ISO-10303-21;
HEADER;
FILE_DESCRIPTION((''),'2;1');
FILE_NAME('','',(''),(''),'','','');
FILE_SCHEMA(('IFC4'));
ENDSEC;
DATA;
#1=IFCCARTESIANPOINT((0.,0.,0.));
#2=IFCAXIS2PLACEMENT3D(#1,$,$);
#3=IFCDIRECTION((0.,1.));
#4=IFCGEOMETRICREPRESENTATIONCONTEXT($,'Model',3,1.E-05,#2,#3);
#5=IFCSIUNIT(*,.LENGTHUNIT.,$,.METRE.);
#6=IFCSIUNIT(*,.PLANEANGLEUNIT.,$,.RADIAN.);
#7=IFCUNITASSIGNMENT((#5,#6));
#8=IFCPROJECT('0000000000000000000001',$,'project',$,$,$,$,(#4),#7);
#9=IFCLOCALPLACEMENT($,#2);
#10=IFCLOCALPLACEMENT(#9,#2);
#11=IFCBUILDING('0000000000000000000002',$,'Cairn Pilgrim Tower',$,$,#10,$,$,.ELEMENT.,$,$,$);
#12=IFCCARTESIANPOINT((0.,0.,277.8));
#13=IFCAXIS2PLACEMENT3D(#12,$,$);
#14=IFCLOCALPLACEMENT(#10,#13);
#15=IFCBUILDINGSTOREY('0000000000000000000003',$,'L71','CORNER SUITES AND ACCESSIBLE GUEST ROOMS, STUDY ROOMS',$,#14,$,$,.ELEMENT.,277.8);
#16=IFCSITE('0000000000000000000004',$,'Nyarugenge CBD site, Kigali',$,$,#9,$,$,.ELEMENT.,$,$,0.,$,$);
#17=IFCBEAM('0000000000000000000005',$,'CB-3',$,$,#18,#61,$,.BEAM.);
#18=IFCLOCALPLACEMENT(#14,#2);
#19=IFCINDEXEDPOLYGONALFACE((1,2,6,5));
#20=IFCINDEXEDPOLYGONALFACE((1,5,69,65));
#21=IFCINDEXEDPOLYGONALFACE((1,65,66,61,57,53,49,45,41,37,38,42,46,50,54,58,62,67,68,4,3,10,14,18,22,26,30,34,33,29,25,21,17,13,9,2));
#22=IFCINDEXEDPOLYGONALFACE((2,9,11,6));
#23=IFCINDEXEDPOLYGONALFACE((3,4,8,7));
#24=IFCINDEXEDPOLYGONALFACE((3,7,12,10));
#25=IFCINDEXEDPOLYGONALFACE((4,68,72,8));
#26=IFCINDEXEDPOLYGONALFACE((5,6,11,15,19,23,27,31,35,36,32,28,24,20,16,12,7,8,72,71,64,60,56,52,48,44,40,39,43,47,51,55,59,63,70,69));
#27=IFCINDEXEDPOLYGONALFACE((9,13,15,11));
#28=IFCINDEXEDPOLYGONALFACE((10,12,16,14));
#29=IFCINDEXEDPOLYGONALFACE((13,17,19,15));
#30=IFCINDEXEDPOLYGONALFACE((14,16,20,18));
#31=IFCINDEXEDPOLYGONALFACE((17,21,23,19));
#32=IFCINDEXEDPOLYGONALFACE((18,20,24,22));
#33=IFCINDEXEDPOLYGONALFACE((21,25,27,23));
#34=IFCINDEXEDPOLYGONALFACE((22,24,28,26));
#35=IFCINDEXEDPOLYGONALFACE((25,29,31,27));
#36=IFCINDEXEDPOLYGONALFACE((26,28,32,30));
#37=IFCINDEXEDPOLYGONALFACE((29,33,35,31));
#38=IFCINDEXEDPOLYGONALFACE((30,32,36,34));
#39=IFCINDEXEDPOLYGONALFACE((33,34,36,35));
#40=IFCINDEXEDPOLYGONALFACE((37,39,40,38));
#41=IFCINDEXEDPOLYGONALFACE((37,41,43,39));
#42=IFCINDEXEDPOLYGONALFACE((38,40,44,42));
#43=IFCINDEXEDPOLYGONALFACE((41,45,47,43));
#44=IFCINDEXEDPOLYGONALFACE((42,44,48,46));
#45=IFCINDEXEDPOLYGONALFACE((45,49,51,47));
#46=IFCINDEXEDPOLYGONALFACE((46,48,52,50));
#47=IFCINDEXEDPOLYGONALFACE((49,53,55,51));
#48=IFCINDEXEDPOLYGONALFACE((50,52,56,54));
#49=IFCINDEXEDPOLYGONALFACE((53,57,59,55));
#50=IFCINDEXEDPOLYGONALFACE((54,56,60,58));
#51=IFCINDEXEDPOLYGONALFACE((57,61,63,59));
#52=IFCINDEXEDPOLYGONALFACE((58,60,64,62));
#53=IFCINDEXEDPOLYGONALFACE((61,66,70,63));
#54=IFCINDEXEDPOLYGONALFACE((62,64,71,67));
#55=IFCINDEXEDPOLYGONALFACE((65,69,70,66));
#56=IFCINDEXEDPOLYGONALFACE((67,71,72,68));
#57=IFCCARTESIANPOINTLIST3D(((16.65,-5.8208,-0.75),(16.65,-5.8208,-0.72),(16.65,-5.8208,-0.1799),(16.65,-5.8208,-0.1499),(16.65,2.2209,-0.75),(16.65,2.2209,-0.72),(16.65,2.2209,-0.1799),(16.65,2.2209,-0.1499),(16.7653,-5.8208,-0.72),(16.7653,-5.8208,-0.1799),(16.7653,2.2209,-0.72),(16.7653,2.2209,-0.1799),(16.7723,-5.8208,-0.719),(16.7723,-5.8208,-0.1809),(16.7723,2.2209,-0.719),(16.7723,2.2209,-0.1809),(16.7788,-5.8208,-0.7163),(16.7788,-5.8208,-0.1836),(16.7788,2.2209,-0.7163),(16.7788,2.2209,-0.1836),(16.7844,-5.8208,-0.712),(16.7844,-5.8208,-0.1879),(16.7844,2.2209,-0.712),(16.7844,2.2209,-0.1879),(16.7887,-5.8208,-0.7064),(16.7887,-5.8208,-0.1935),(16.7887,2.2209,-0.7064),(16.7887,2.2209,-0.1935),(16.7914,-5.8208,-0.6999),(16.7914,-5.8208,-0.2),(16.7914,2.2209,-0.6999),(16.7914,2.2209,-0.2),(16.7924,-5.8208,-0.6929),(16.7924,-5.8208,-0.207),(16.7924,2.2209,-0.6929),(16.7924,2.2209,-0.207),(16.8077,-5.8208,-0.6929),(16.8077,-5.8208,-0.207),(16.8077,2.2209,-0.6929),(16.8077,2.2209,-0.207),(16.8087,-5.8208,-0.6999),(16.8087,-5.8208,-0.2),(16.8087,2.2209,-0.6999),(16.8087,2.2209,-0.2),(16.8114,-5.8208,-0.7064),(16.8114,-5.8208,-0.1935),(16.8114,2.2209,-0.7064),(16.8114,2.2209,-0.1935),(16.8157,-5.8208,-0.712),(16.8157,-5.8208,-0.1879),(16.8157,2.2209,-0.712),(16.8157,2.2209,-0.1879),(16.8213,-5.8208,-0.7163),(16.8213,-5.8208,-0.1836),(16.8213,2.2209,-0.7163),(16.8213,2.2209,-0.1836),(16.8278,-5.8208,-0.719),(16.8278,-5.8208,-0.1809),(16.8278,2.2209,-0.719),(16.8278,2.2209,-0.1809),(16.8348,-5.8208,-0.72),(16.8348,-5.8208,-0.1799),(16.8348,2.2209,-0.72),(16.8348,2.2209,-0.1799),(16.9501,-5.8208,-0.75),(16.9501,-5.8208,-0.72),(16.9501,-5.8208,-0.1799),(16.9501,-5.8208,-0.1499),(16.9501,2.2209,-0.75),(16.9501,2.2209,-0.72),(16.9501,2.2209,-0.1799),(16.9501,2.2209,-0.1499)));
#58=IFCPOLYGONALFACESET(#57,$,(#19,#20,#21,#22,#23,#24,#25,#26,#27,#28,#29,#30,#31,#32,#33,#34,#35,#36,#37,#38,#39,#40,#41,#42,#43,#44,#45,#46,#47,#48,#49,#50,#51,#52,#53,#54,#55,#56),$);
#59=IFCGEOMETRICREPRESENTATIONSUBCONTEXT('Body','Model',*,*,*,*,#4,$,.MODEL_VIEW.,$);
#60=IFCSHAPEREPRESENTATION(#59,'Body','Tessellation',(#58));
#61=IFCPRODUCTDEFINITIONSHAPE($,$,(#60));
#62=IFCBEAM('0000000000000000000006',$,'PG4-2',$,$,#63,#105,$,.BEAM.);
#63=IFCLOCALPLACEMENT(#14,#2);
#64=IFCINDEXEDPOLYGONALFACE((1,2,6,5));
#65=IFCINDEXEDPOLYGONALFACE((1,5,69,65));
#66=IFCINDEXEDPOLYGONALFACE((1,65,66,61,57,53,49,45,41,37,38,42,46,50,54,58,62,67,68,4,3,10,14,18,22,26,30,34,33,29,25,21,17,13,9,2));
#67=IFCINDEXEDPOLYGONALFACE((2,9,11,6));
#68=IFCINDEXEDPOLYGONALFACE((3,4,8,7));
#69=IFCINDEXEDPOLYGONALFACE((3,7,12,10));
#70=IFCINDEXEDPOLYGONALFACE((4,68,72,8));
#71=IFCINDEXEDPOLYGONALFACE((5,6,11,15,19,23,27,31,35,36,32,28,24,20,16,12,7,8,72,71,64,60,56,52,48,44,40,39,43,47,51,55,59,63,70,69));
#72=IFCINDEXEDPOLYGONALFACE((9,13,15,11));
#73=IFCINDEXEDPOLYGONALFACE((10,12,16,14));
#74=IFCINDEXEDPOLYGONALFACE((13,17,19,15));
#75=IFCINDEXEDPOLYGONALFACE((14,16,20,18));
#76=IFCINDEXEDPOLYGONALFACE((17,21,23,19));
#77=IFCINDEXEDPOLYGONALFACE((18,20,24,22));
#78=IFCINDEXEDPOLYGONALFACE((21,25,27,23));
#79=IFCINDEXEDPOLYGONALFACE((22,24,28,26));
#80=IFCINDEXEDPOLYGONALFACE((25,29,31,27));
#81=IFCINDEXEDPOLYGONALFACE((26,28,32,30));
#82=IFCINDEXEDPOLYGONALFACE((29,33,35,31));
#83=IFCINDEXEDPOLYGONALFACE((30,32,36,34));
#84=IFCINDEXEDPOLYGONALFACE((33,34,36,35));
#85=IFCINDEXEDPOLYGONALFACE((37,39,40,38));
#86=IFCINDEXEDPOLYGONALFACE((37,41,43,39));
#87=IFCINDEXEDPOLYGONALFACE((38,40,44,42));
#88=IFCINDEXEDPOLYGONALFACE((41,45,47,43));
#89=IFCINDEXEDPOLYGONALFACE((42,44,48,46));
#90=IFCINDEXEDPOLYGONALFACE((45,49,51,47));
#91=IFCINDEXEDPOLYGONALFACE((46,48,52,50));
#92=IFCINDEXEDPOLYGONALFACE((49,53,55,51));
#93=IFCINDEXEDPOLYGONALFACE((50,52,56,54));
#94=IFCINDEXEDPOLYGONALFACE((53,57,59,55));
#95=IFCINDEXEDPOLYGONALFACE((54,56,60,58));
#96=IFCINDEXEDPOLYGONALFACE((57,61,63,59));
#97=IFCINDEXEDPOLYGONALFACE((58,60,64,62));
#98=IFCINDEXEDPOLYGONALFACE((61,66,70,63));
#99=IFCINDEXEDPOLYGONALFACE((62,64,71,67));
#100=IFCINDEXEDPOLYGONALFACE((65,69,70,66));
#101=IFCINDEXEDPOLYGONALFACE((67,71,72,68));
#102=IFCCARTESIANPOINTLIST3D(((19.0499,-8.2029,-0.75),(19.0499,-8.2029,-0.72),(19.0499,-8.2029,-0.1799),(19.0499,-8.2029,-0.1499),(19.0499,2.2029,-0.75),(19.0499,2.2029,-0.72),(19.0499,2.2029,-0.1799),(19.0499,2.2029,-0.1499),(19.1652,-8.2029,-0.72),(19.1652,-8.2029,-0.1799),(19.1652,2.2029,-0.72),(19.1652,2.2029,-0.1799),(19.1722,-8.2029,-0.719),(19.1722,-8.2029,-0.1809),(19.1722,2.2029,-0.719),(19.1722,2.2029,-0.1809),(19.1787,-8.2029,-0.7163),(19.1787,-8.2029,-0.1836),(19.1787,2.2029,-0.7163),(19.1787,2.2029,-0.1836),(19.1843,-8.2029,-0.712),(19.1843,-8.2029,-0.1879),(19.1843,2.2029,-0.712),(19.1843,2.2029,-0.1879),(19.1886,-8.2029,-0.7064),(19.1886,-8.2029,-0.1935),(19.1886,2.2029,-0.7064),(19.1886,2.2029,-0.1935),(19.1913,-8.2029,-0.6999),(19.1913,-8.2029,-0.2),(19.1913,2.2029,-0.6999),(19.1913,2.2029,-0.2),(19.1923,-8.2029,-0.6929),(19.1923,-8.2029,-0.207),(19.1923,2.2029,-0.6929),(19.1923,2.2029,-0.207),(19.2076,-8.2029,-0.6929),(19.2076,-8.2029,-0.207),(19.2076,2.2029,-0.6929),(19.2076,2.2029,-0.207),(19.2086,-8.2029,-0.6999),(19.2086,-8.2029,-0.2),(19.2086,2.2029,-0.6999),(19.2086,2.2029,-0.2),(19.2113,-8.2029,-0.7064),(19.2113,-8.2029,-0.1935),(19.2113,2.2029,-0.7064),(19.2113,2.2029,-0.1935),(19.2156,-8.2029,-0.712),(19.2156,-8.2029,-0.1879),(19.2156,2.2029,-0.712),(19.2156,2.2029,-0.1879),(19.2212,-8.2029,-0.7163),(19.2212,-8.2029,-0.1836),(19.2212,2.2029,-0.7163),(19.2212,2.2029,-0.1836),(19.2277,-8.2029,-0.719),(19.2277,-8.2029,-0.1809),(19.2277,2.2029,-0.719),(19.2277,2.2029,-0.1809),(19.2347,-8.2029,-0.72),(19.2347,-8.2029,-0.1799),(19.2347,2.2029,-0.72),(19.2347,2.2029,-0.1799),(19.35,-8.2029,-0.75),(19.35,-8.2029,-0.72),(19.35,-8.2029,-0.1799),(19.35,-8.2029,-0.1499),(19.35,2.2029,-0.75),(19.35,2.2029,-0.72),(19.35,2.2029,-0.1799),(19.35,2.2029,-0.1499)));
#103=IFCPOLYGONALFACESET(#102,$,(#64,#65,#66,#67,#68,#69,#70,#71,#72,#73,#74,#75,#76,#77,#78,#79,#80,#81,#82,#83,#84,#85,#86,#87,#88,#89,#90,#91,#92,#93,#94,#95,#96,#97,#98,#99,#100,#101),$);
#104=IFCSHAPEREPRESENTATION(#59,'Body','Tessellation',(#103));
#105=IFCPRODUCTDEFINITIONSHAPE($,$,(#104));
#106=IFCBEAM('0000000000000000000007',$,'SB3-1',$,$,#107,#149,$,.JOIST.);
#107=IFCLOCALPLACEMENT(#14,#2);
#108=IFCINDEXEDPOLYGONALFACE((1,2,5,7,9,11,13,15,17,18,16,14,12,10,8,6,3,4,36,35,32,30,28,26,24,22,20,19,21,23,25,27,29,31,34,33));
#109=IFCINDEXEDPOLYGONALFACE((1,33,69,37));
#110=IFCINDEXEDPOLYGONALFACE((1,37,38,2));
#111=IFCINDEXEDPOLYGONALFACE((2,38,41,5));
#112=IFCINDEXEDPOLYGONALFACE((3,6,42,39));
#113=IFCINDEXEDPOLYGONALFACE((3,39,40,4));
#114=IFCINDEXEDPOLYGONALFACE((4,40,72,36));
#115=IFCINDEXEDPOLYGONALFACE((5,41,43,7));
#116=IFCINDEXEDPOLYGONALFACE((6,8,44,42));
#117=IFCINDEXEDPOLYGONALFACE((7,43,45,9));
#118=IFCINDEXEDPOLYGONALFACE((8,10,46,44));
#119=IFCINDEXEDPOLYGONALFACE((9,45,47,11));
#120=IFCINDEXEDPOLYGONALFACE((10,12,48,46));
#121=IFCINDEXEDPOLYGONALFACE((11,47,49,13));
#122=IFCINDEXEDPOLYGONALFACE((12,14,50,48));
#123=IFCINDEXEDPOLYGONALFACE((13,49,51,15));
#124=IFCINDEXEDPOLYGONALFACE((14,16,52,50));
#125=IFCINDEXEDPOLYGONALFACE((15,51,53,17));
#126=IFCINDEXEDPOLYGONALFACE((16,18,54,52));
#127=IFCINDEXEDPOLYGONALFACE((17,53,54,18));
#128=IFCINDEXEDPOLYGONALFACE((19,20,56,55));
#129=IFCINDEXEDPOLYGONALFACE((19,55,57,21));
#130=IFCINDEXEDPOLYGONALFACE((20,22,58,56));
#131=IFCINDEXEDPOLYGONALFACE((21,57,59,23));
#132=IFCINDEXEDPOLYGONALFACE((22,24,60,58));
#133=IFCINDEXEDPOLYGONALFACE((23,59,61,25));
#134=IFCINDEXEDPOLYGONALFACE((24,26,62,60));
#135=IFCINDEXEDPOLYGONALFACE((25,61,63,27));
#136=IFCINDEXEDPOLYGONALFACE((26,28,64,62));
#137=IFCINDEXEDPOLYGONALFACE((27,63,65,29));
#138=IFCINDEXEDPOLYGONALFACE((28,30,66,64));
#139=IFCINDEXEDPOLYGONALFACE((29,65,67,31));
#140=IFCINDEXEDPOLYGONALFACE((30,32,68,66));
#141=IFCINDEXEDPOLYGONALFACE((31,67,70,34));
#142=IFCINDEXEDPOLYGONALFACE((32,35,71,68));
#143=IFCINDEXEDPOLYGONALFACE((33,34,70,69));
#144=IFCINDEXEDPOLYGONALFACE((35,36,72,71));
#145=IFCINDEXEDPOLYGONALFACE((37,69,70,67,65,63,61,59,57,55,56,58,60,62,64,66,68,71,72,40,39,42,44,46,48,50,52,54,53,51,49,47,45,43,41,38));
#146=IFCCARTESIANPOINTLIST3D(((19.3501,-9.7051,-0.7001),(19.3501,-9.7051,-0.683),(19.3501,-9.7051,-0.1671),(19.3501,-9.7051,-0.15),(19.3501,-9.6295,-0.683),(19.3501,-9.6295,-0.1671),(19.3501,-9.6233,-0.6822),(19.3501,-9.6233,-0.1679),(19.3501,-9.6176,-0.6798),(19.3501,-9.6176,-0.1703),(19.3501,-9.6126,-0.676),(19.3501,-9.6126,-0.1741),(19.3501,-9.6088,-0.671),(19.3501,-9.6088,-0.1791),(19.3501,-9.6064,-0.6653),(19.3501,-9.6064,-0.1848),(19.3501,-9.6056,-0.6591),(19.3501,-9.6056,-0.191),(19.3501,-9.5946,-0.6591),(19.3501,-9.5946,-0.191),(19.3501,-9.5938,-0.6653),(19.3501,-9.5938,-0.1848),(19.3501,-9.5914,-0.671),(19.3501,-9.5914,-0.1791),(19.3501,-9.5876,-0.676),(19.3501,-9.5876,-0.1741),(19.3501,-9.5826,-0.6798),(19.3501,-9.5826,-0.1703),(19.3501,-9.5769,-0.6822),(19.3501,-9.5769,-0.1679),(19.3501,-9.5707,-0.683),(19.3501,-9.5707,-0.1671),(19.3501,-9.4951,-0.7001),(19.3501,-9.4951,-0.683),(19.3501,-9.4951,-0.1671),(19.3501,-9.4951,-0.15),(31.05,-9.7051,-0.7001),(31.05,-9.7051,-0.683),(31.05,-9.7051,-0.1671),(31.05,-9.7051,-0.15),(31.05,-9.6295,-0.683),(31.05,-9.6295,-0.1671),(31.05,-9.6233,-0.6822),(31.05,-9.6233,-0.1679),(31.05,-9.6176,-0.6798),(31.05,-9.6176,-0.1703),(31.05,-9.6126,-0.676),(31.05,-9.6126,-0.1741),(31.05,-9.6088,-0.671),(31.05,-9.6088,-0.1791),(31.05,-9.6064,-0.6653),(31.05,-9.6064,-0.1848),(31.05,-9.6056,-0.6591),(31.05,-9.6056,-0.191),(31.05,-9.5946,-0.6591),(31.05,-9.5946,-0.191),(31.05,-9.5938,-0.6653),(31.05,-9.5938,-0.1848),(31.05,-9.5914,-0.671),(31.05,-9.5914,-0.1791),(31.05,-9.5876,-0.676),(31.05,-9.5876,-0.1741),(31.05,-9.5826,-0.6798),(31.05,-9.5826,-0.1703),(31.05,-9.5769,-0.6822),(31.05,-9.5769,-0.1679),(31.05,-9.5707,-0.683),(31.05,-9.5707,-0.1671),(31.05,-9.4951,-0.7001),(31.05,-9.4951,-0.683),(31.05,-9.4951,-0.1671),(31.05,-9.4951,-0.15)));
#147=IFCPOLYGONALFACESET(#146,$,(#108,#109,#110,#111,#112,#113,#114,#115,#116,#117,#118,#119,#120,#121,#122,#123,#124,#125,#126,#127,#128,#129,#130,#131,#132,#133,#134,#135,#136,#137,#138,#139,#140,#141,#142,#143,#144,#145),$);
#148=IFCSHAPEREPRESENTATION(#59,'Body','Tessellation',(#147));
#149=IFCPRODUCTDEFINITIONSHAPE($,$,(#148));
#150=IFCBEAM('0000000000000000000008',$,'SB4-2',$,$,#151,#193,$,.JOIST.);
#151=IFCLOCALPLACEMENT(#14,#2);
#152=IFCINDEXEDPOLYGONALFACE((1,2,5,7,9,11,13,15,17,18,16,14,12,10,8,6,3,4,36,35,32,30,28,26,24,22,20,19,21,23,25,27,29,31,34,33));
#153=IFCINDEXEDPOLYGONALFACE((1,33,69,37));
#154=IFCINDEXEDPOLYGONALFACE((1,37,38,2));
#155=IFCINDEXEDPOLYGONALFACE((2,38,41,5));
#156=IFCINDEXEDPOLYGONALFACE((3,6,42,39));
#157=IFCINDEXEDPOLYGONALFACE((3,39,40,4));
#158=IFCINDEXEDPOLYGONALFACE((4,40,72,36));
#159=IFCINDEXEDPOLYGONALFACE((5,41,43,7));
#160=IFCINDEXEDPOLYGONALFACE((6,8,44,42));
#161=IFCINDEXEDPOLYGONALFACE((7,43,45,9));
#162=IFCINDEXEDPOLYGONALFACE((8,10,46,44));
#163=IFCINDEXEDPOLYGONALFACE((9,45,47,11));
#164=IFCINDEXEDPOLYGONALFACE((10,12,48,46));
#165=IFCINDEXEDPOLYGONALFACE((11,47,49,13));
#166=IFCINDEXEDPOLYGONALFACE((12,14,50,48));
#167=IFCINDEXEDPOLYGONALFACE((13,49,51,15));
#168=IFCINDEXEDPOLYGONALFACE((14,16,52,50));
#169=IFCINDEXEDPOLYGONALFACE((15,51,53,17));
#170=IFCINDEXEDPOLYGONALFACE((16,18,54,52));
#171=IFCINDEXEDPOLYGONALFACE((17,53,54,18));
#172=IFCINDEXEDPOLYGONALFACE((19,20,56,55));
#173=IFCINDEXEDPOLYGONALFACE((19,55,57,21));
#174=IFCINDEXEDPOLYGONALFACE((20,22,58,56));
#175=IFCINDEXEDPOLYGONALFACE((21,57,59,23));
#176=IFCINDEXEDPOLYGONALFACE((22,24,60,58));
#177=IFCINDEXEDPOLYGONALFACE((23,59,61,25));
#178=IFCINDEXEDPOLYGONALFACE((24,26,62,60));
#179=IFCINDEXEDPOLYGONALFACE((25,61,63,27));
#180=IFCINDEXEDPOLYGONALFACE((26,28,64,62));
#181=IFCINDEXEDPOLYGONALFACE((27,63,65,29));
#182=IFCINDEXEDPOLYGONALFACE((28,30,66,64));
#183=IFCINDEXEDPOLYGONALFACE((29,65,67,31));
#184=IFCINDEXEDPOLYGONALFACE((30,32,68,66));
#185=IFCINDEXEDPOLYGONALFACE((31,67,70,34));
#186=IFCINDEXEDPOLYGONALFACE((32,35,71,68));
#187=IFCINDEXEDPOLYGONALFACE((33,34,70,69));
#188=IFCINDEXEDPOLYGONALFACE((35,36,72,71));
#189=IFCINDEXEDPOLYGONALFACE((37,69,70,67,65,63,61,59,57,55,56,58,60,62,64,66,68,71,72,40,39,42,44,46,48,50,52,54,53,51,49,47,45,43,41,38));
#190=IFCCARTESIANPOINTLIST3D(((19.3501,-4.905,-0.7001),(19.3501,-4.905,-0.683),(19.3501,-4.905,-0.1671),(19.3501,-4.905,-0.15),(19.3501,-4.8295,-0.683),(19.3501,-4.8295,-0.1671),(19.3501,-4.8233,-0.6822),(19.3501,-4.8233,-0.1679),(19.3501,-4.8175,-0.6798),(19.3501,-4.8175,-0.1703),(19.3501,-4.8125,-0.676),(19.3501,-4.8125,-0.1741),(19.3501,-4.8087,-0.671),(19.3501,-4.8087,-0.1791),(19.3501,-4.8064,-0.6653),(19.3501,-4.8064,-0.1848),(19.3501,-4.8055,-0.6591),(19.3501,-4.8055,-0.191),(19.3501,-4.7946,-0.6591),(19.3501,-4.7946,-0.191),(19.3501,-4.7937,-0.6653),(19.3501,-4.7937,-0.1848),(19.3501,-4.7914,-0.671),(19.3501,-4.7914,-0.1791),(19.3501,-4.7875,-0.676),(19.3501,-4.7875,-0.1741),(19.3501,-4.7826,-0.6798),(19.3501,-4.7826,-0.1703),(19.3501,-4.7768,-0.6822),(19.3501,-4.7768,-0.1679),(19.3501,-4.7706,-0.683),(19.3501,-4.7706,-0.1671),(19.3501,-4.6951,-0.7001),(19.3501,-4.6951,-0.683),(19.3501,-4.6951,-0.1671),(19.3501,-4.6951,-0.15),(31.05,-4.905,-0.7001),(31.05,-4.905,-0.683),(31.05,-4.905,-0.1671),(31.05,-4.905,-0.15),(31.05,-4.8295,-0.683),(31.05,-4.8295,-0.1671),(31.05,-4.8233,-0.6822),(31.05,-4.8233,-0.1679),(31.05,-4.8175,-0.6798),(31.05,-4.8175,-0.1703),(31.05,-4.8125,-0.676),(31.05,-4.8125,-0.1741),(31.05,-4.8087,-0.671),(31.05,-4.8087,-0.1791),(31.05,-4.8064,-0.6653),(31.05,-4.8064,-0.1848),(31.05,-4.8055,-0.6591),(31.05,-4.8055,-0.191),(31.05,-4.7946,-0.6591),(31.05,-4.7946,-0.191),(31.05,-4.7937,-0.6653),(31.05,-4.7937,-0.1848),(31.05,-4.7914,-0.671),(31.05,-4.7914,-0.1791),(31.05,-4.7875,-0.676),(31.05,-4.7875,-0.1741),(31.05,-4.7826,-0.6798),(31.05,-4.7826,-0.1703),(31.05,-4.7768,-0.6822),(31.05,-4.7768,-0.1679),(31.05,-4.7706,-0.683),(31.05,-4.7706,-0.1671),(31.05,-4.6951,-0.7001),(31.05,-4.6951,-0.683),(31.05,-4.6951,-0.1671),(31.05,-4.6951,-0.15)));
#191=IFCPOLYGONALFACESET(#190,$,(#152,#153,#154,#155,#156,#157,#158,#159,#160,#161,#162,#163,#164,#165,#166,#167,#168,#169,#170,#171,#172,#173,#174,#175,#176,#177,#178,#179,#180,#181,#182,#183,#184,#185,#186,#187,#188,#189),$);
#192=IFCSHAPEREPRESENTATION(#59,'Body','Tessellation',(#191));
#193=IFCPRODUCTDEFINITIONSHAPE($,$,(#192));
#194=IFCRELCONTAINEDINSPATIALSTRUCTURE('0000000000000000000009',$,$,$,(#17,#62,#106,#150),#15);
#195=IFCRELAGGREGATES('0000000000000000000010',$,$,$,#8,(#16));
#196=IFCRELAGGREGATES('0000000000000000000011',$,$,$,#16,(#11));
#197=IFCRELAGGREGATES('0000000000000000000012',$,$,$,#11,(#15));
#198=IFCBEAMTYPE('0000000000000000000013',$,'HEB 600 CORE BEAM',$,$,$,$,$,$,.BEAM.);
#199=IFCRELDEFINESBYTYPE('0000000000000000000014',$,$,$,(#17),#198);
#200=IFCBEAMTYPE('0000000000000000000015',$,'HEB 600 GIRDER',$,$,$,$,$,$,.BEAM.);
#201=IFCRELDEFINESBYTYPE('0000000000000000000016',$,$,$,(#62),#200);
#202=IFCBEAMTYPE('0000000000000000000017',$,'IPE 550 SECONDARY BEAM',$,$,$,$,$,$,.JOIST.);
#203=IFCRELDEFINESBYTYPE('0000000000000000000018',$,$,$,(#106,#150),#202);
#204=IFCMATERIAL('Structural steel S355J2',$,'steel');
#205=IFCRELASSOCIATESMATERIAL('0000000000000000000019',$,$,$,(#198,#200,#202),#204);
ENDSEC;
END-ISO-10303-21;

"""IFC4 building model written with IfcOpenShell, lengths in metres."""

from ifc_helpers import new_model, si_unit, direction, frame, origin, origin_2d, place, context, subcontext, project, spatial, i_section, extrude, material, material_profile, profile_set, type_object, element, save


model = new_model("IFC4")

# Units and contexts
model_context = context("Model", 3, precision=1e-05, world=origin(), true_north=direction((0.0, 1.0)))
body_context = subcontext(model_context, "Body", "Model", "MODEL_VIEW")
ifc_project = project(units=[si_unit("LENGTHUNIT", "METRE"), si_unit("PLANEANGLEUNIT", "RADIAN")], contexts=[model_context])

# Site, building, storey
site_placement = place(None, origin())
site = spatial("IfcSite", under=ifc_project, at=site_placement, Name="Nyarugenge CBD site, Kigali", CompositionType="ELEMENT", RefElevation=0.0)
building_placement = place(site_placement, origin())
building = spatial("IfcBuilding", under=site, at=building_placement, Name="Cairn Pilgrim Tower", CompositionType="ELEMENT")
storey_placement = place(building_placement, frame((0.0, 0.0, 277.8)))
storey = spatial("IfcBuildingStorey", under=building, at=storey_placement, Name="L71", Description="CORNER SUITES AND ACCESSIBLE GUEST ROOMS, STUDY ROOMS", CompositionType="ELEMENT", Elevation=277.8)

# Shared definitions
ifc_material_1 = material(Name="Structural steel S355J2", Category="steel")

# Beams
ifc_material_profile_1 = material_profile(ifc_material_1, i_section(OverallWidth=0.3, OverallDepth=0.6001, WebThickness=0.0154, FlangeThickness=0.03, FilletRadius=0.0271, at=origin_2d()), Name="HEB 600")
ifc_profile_set_1 = profile_set([ifc_material_profile_1], Name="Structural steel S355J2")
beam_type_1 = type_object("IfcBeamType", Name="HEB 600 CORE BEAM", PredefinedType="BEAM", material=ifc_profile_set_1)
beam_1_placement = place(storey_placement, frame((16.8, -5.8208, -0.45), z_axis=(0.0, 1.0, 0.0), x_axis=(-1.0, 0.0, 0.0)))
element("IfcBeam", 1, at=beam_1_placement, inside=storey, type_object=beam_type_1, Name="CB-3", PredefinedType="BEAM", context=body_context, shape_type="SweptSolid", body=[
    extrude(i_section(OverallWidth=0.3, OverallDepth=0.6001, WebThickness=0.0154, FlangeThickness=0.03, FilletRadius=0.0271, at=origin_2d()), origin(), (0.0, 0.0, 1.0), 8.0417),
])
ifc_material_profile_2 = material_profile(ifc_material_1, i_section(OverallWidth=0.3, OverallDepth=0.6001, WebThickness=0.0154, FlangeThickness=0.03, FilletRadius=0.0271, at=origin_2d()), Name="HEB 600")
ifc_profile_set_2 = profile_set([ifc_material_profile_2], Name="Structural steel S355J2")
beam_type_2 = type_object("IfcBeamType", Name="HEB 600 GIRDER", PredefinedType="BEAM", material=ifc_profile_set_2)
beam_2_placement = place(storey_placement, frame((19.2, -8.2029, -0.45), z_axis=(0.0, 1.0, 0.0), x_axis=(-1.0, 0.0, 0.0)))
element("IfcBeam", 2, at=beam_2_placement, inside=storey, type_object=beam_type_2, Name="PG4-2", PredefinedType="BEAM", context=body_context, shape_type="SweptSolid", body=[
    extrude(i_section(OverallWidth=0.3, OverallDepth=0.6001, WebThickness=0.0154, FlangeThickness=0.03, FilletRadius=0.0271, at=origin_2d()), origin(), (0.0, 0.0, 1.0), 10.4058),
])
ifc_material_profile_3 = material_profile(ifc_material_1, i_section(OverallWidth=0.21, OverallDepth=0.55, WebThickness=0.011, FlangeThickness=0.0171, FilletRadius=0.0239, at=origin_2d()), Name="IPE 550")
ifc_profile_set_3 = profile_set([ifc_material_profile_3], Name="Structural steel S355J2")
beam_type_3 = type_object("IfcBeamType", Name="IPE 550 SECONDARY BEAM", PredefinedType="JOIST", material=ifc_profile_set_3)
for number, where, z_axis, x_axis, name in (
    (3, (19.3501, -9.6001, -0.425), (1.0, 0.0, 0.0), (0.0, 1.0, 0.0), "SB3-1"),
    (4, (19.3501, -4.8, -0.425), (1.0, 0.0, 0.0), (0.0, 1.0, 0.0), "SB4-2"),
):
    element("IfcBeam", number, at=place(storey_placement, frame(where, z_axis=z_axis, x_axis=x_axis)), inside=storey, type_object=beam_type_3, Name=name, PredefinedType="JOIST", context=body_context, shape_type="SweptSolid", body=[
        extrude(i_section(OverallWidth=0.21, OverallDepth=0.55, WebThickness=0.011, FlangeThickness=0.0171, FilletRadius=0.0239, at=origin_2d()), origin(), (0.0, 0.0, 1.0), 11.7),
    ])

save(model, "model.ifc")
